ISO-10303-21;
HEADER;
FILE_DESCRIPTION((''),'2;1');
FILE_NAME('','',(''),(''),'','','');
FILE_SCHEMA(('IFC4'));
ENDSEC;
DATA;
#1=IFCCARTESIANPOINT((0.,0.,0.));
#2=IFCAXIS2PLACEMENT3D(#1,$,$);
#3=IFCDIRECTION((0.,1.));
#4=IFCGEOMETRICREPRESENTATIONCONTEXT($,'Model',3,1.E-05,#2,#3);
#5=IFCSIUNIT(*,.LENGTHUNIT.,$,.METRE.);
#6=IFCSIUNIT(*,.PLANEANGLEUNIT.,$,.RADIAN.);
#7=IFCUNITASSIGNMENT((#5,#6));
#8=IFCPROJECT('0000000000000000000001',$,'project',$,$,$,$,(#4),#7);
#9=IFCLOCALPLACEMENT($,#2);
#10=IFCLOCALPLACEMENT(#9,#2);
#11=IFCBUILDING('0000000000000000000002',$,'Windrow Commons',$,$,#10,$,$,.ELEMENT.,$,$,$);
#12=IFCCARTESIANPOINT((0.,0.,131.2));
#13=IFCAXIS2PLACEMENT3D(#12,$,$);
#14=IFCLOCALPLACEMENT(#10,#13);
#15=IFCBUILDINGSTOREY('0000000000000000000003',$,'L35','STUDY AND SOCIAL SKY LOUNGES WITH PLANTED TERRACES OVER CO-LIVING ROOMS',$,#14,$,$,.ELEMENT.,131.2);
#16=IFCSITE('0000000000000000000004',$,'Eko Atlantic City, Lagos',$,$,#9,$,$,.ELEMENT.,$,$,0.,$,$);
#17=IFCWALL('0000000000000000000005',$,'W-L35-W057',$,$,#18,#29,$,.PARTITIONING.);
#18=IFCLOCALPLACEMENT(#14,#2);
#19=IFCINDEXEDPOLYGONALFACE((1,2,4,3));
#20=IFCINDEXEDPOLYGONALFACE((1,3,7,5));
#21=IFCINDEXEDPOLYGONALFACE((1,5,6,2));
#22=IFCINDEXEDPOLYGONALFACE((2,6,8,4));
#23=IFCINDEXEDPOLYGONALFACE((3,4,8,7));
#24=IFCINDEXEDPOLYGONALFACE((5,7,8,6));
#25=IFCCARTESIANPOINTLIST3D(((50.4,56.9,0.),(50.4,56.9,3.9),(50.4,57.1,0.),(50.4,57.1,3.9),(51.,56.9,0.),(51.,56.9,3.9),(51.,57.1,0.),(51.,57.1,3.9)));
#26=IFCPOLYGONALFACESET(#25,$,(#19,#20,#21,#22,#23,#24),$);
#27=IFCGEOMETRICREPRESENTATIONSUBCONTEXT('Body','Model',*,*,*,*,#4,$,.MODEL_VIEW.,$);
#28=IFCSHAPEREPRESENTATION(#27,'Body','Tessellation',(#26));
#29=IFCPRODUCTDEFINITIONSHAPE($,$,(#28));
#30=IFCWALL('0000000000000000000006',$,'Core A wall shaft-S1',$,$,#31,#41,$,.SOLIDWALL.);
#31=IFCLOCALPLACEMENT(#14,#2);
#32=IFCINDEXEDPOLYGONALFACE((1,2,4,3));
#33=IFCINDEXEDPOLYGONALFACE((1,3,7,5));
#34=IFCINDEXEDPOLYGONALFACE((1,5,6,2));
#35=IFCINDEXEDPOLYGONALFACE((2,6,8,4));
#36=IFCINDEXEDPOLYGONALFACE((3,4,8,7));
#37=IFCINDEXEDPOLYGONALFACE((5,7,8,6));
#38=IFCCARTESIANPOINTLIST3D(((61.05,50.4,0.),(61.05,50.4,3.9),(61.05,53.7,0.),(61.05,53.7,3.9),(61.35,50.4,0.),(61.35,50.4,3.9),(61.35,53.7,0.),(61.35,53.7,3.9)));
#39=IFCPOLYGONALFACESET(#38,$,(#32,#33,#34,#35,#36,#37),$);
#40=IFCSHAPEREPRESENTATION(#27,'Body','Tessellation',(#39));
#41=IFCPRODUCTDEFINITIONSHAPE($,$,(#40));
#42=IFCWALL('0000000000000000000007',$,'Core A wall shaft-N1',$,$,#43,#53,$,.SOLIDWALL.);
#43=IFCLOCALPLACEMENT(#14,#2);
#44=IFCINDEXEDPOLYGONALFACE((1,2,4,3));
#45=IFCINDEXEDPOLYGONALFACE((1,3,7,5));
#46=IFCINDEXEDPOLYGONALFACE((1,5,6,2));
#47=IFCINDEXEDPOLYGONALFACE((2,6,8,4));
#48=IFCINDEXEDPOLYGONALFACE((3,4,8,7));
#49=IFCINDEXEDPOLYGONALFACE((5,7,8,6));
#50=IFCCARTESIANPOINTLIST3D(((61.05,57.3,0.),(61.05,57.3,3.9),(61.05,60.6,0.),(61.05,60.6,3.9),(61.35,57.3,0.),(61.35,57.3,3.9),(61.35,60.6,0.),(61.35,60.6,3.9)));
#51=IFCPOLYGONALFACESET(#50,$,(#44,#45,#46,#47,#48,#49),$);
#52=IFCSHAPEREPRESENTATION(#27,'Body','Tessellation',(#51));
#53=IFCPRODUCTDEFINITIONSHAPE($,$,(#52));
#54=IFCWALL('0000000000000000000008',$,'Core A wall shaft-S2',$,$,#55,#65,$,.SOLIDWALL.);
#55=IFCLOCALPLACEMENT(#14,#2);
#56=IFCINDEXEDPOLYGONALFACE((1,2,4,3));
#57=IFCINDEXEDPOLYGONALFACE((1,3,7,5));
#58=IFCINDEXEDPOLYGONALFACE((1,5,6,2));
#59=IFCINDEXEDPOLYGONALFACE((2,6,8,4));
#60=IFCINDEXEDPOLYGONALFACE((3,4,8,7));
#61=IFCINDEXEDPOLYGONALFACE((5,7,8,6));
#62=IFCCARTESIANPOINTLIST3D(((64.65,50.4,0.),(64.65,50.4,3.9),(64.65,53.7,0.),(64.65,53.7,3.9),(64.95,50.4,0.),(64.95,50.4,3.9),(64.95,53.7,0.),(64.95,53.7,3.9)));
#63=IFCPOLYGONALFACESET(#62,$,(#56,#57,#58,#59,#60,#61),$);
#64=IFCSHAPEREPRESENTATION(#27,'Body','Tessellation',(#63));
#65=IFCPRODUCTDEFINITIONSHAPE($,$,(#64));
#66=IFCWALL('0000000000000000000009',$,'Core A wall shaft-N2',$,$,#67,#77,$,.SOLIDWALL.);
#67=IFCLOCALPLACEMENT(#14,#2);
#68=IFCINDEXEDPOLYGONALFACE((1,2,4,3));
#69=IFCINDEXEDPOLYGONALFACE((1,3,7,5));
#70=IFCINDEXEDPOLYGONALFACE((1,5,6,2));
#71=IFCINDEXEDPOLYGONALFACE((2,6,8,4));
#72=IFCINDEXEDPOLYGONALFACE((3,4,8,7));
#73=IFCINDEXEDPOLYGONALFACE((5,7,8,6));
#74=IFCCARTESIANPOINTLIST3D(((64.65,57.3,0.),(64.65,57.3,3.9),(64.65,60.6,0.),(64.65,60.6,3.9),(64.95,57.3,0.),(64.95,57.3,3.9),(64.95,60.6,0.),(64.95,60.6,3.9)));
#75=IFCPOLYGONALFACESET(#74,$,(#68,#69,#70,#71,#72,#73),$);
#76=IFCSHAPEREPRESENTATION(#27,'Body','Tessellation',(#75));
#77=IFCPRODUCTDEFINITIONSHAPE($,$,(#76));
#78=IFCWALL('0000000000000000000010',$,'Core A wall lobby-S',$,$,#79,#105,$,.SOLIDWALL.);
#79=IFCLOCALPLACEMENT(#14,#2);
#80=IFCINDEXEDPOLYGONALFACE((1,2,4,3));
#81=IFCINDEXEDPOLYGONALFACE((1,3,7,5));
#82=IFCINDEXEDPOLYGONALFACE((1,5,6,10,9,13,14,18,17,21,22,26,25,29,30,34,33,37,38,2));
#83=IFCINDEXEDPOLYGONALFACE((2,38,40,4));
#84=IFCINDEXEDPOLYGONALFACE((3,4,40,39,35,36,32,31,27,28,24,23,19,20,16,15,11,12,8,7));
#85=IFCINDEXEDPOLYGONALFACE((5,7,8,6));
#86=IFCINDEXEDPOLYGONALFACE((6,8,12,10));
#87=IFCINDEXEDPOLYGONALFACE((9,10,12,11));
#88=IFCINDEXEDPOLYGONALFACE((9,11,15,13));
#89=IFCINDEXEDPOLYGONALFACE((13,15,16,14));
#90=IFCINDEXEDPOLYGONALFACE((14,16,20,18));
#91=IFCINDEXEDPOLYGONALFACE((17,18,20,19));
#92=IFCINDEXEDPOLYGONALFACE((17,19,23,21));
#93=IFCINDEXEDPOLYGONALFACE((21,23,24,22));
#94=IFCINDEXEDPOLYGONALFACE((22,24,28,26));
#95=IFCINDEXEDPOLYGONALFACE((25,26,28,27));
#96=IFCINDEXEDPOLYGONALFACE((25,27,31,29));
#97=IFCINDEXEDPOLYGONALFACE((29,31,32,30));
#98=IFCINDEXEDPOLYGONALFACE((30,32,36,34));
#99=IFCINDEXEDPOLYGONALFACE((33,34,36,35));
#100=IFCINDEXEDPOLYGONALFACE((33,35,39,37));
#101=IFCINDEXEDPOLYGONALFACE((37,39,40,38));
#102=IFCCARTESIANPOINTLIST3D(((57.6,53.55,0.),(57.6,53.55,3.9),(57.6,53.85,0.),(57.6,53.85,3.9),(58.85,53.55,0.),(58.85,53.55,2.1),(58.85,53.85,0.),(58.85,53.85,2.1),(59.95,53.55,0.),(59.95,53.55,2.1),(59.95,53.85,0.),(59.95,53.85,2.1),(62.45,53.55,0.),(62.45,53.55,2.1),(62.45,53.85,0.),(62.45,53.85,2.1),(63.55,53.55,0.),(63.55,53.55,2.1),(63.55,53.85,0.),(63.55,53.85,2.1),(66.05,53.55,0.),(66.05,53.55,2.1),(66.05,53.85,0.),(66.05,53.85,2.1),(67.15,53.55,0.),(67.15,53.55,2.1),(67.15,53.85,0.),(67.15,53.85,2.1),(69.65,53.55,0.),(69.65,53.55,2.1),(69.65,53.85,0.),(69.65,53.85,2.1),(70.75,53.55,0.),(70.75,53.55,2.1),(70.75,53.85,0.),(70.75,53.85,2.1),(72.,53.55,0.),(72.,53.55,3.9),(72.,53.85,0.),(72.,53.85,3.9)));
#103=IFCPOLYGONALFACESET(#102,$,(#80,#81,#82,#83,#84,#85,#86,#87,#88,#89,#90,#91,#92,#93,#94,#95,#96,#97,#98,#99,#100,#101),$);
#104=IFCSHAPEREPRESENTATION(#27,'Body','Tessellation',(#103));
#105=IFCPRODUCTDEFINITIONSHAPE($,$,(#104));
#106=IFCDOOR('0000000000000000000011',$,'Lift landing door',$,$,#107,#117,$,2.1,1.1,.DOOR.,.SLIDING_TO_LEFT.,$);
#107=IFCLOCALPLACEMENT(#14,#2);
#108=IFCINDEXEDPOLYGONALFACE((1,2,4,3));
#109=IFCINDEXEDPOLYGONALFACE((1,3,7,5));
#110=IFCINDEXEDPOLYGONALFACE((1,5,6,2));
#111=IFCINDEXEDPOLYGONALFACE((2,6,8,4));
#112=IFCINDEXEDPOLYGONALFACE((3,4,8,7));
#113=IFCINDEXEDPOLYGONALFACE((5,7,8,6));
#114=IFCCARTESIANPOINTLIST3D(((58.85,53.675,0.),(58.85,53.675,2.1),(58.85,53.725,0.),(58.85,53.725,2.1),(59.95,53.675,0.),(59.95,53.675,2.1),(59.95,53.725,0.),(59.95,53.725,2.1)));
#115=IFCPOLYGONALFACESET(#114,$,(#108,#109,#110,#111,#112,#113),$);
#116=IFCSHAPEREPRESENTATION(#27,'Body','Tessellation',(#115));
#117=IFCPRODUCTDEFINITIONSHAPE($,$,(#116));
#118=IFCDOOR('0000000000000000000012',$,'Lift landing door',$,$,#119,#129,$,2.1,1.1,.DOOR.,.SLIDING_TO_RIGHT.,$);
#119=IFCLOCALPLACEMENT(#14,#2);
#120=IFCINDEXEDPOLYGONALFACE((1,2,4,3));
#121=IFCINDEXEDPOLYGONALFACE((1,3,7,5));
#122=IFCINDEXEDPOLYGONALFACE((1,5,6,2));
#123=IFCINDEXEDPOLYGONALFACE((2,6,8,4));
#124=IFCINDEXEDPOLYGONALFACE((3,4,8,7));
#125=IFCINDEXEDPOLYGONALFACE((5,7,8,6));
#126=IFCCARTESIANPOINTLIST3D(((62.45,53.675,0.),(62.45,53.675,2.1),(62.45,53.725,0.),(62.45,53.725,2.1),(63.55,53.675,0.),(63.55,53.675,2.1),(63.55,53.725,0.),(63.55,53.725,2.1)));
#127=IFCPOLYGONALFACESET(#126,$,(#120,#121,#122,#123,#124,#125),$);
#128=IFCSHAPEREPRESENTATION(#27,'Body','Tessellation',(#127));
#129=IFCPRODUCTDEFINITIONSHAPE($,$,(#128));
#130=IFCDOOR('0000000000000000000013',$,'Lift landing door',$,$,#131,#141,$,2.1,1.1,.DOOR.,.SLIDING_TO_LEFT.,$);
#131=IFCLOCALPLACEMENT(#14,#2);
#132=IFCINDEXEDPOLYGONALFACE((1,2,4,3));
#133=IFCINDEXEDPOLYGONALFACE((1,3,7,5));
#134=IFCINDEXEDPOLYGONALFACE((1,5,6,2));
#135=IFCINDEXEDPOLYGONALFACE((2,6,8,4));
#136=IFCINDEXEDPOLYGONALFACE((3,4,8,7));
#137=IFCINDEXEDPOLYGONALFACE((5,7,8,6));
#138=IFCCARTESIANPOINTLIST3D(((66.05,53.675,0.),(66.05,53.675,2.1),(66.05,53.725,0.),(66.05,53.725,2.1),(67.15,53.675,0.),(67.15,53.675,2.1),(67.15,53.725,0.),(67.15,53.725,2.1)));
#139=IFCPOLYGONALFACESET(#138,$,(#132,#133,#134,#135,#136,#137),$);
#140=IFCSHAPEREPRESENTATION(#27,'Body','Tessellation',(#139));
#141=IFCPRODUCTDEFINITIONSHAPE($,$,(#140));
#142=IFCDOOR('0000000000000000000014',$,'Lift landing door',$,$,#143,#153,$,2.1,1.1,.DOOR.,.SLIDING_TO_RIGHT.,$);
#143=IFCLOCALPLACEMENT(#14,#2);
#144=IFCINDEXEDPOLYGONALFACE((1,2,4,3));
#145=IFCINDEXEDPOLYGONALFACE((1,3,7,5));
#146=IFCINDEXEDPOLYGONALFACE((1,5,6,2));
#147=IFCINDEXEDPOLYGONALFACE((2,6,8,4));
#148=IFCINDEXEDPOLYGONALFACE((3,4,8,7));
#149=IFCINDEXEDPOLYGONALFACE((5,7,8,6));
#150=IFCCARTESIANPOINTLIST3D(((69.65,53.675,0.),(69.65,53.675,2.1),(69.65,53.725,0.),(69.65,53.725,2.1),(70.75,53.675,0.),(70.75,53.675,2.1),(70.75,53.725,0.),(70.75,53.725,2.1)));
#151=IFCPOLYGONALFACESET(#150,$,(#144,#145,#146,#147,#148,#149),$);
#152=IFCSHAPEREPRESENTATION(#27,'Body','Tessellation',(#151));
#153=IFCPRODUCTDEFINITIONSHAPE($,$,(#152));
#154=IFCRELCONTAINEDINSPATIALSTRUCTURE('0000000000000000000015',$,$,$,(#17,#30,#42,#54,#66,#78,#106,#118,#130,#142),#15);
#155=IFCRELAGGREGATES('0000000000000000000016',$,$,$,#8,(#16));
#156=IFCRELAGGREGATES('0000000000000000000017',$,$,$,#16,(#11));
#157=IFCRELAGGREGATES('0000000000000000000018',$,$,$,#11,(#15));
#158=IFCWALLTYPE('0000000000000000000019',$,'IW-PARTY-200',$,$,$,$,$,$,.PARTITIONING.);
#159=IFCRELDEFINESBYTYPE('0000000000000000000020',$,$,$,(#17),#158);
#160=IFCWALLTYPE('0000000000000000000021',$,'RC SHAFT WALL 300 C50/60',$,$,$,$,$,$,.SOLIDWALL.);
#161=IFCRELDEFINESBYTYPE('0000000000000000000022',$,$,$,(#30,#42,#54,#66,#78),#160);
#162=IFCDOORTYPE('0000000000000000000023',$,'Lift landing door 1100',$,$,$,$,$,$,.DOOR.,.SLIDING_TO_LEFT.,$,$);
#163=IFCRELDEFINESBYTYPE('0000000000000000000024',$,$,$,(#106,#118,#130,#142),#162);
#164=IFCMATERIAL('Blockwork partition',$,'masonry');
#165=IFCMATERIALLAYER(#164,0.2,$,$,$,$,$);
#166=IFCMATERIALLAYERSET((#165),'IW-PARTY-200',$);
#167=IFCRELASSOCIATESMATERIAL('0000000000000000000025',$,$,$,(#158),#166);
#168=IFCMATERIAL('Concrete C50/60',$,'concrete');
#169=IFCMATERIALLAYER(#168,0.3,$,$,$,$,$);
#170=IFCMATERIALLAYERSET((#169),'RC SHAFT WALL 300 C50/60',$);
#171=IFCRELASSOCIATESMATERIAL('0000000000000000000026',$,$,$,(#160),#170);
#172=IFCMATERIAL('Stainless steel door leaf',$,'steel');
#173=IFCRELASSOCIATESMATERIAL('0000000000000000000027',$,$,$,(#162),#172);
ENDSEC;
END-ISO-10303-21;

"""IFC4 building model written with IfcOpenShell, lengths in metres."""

from ifc_helpers import new_model, si_unit, direction, frame, frame_2d, origin, place, context, subcontext, project, spatial, rectangle, extrude, material, layer, layer_set, type_object, element, fill, save


model = new_model("IFC4")

# Units and contexts
model_context = context("Model", 3, precision=1e-05, world=origin(), true_north=direction((0.0, 1.0)))
body_context = subcontext(model_context, "Body", "Model", "MODEL_VIEW")
ifc_project = project(units=[si_unit("LENGTHUNIT", "METRE"), si_unit("PLANEANGLEUNIT", "RADIAN")], contexts=[model_context])

# Site, building, storey
site_placement = place(None, origin())
site = spatial("IfcSite", under=ifc_project, at=site_placement, Name="Eko Atlantic City, Lagos", CompositionType="ELEMENT", RefElevation=0.0)
building_placement = place(site_placement, origin())
building = spatial("IfcBuilding", under=site, at=building_placement, Name="Windrow Commons", CompositionType="ELEMENT")
storey_placement = place(building_placement, frame((0.0, 0.0, 131.2)))
storey = spatial("IfcBuildingStorey", under=building, at=storey_placement, Name="L35", Description="STUDY AND SOCIAL SKY LOUNGES WITH PLANTED TERRACES OVER CO-LIVING ROOMS", CompositionType="ELEMENT", Elevation=131.2)

# Walls
ifc_material_1 = material(Name="Blockwork partition", Category="masonry")
ifc_layer_1 = layer(ifc_material_1, 0.2)
ifc_layer_set_1 = layer_set([ifc_layer_1], Name="IW-PARTY-200")
wall_type_1 = type_object("IfcWallType", Name="IW-PARTY-200", PredefinedType="PARTITIONING", material=ifc_layer_set_1)
for number, where, z_axis, x_axis, name in (
    (1, (50.4, 57.0, 0.0), (0.0, 0.0, 1.0), (1.0, 0.0, 0.0), "W-L35-W057"),
):
    element("IfcWall", number, at=place(storey_placement, frame(where, z_axis=z_axis, x_axis=x_axis)), inside=storey, type_object=wall_type_1, Name=name, PredefinedType="PARTITIONING", context=body_context, shape_type="SweptSolid", body=[
        extrude(rectangle(XDim=0.6, YDim=0.2, at=frame_2d((0.3, 0.0))), origin(), (0.0, 0.0, 1.0), 3.9),
    ])
ifc_material_2 = material(Name="Concrete C50/60", Category="concrete")
ifc_layer_2 = layer(ifc_material_2, 0.3)
ifc_layer_set_2 = layer_set([ifc_layer_2], Name="RC SHAFT WALL 300 C50/60")
wall_type_2 = type_object("IfcWallType", Name="RC SHAFT WALL 300 C50/60", PredefinedType="SOLIDWALL", material=ifc_layer_set_2)
for number, where, z_axis, x_axis, name in (
    (2, (61.2, 50.4, 0.0), (0.0, 0.0, 1.0), (0.0, 1.0, 0.0), "Core A wall shaft-S1"),
    (3, (61.2, 57.3, 0.0), (0.0, 0.0, 1.0), (0.0, 1.0, 0.0), "Core A wall shaft-N1"),
    (4, (64.8, 50.4, 0.0), (0.0, 0.0, 1.0), (0.0, 1.0, 0.0), "Core A wall shaft-S2"),
    (5, (64.8, 57.3, 0.0), (0.0, 0.0, 1.0), (0.0, 1.0, 0.0), "Core A wall shaft-N2"),
):
    element("IfcWall", number, at=place(storey_placement, frame(where, z_axis=z_axis, x_axis=x_axis)), inside=storey, type_object=wall_type_2, Name=name, PredefinedType="SOLIDWALL", context=body_context, shape_type="SweptSolid", body=[
        extrude(rectangle(XDim=3.3, YDim=0.3, at=frame_2d((1.65, 0.0))), origin(), (0.0, 0.0, 1.0), 3.9),
    ])

# Wall, openings, doors
wall_1_placement = place(storey_placement, frame((57.6, 53.7, 0.0), z_axis=(0.0, 0.0, 1.0), x_axis=(1.0, 0.0, 0.0)))
wall_1 = element("IfcWall", 6, at=wall_1_placement, inside=storey, type_object=wall_type_2, Name="Core A wall lobby-S", PredefinedType="SOLIDWALL", context=body_context, shape_type="SweptSolid", body=[
    extrude(rectangle(XDim=14.4, YDim=0.3, at=frame_2d((7.2, 0.0))), origin(), (0.0, 0.0, 1.0), 3.9),
])
opening_1_placement = place(wall_1_placement, frame((1.25, 0.0, 0.0)))
opening_1 = element("IfcOpeningElement", 7, at=opening_1_placement, cuts=wall_1, PredefinedType="OPENING", context=body_context, shape_type="SweptSolid", body=[
    extrude(rectangle(XDim=1.1, YDim=2.1, at=frame_2d((0.55, 1.05))), frame((0.0, 0.16, 0.0), z_axis=(0.0, -1.0, 0.0), x_axis=(1.0, 0.0, 0.0)), (0.0, 0.0, 1.0), 0.32),
])
opening_2_placement = place(wall_1_placement, frame((4.85, 0.0, 0.0)))
opening_2 = element("IfcOpeningElement", 8, at=opening_2_placement, cuts=wall_1, PredefinedType="OPENING", context=body_context, shape_type="SweptSolid", body=[
    extrude(rectangle(XDim=1.1, YDim=2.1, at=frame_2d((0.55, 1.05))), frame((0.0, 0.16, 0.0), z_axis=(0.0, -1.0, 0.0), x_axis=(1.0, 0.0, 0.0)), (0.0, 0.0, 1.0), 0.32),
])
opening_3_placement = place(wall_1_placement, frame((8.45, 0.0, 0.0)))
opening_3 = element("IfcOpeningElement", 9, at=opening_3_placement, cuts=wall_1, PredefinedType="OPENING", context=body_context, shape_type="SweptSolid", body=[
    extrude(rectangle(XDim=1.1, YDim=2.1, at=frame_2d((0.55, 1.05))), frame((0.0, 0.16, 0.0), z_axis=(0.0, -1.0, 0.0), x_axis=(1.0, 0.0, 0.0)), (0.0, 0.0, 1.0), 0.32),
])
opening_4_placement = place(wall_1_placement, frame((12.05, 0.0, 0.0)))
opening_4 = element("IfcOpeningElement", 10, at=opening_4_placement, cuts=wall_1, PredefinedType="OPENING", context=body_context, shape_type="SweptSolid", body=[
    extrude(rectangle(XDim=1.1, YDim=2.1, at=frame_2d((0.55, 1.05))), frame((0.0, 0.16, 0.0), z_axis=(0.0, -1.0, 0.0), x_axis=(1.0, 0.0, 0.0)), (0.0, 0.0, 1.0), 0.32),
])
ifc_material_3 = material(Name="Stainless steel door leaf", Category="steel")
door_type = type_object("IfcDoorType", Name="Lift landing door 1100", OperationType="SLIDING_TO_LEFT", PredefinedType="DOOR", material=ifc_material_3)
door_1_placement = place(opening_1_placement, origin())
door_1 = element("IfcDoor", 11, at=door_1_placement, inside=storey, type_object=door_type, Name="Lift landing door", OperationType="SLIDING_TO_LEFT", OverallHeight=2.1, OverallWidth=1.1, PredefinedType="DOOR", context=body_context, shape_type="SweptSolid", body=[
    extrude(rectangle(XDim=1.1, YDim=2.1, at=frame_2d((0.55, 1.05))), frame((0.0, 0.025, 0.0), z_axis=(0.0, -1.0, 0.0), x_axis=(1.0, 0.0, 0.0)), (0.0, 0.0, 1.0), 0.05),
])
fill(opening_1, door_1)
door_2_placement = place(opening_2_placement, origin())
door_2 = element("IfcDoor", 12, at=door_2_placement, inside=storey, type_object=door_type, Name="Lift landing door", OperationType="SLIDING_TO_RIGHT", OverallHeight=2.1, OverallWidth=1.1, PredefinedType="DOOR", context=body_context, shape_type="SweptSolid", body=[
    extrude(rectangle(XDim=1.1, YDim=2.1, at=frame_2d((0.55, 1.05))), frame((0.0, 0.025, 0.0), z_axis=(0.0, -1.0, 0.0), x_axis=(1.0, 0.0, 0.0)), (0.0, 0.0, 1.0), 0.05),
])
fill(opening_2, door_2)
door_3_placement = place(opening_3_placement, origin())
door_3 = element("IfcDoor", 13, at=door_3_placement, inside=storey, type_object=door_type, Name="Lift landing door", OperationType="SLIDING_TO_LEFT", OverallHeight=2.1, OverallWidth=1.1, PredefinedType="DOOR", context=body_context, shape_type="SweptSolid", body=[
    extrude(rectangle(XDim=1.1, YDim=2.1, at=frame_2d((0.55, 1.05))), frame((0.0, 0.025, 0.0), z_axis=(0.0, -1.0, 0.0), x_axis=(1.0, 0.0, 0.0)), (0.0, 0.0, 1.0), 0.05),
])
fill(opening_3, door_3)
door_4_placement = place(opening_4_placement, origin())
door_4 = element("IfcDoor", 14, at=door_4_placement, inside=storey, type_object=door_type, Name="Lift landing door", OperationType="SLIDING_TO_RIGHT", OverallHeight=2.1, OverallWidth=1.1, PredefinedType="DOOR", context=body_context, shape_type="SweptSolid", body=[
    extrude(rectangle(XDim=1.1, YDim=2.1, at=frame_2d((0.55, 1.05))), frame((0.0, 0.025, 0.0), z_axis=(0.0, -1.0, 0.0), x_axis=(1.0, 0.0, 0.0)), (0.0, 0.0, 1.0), 0.05),
])
fill(opening_4, door_4)

save(model, "model.ifc")
